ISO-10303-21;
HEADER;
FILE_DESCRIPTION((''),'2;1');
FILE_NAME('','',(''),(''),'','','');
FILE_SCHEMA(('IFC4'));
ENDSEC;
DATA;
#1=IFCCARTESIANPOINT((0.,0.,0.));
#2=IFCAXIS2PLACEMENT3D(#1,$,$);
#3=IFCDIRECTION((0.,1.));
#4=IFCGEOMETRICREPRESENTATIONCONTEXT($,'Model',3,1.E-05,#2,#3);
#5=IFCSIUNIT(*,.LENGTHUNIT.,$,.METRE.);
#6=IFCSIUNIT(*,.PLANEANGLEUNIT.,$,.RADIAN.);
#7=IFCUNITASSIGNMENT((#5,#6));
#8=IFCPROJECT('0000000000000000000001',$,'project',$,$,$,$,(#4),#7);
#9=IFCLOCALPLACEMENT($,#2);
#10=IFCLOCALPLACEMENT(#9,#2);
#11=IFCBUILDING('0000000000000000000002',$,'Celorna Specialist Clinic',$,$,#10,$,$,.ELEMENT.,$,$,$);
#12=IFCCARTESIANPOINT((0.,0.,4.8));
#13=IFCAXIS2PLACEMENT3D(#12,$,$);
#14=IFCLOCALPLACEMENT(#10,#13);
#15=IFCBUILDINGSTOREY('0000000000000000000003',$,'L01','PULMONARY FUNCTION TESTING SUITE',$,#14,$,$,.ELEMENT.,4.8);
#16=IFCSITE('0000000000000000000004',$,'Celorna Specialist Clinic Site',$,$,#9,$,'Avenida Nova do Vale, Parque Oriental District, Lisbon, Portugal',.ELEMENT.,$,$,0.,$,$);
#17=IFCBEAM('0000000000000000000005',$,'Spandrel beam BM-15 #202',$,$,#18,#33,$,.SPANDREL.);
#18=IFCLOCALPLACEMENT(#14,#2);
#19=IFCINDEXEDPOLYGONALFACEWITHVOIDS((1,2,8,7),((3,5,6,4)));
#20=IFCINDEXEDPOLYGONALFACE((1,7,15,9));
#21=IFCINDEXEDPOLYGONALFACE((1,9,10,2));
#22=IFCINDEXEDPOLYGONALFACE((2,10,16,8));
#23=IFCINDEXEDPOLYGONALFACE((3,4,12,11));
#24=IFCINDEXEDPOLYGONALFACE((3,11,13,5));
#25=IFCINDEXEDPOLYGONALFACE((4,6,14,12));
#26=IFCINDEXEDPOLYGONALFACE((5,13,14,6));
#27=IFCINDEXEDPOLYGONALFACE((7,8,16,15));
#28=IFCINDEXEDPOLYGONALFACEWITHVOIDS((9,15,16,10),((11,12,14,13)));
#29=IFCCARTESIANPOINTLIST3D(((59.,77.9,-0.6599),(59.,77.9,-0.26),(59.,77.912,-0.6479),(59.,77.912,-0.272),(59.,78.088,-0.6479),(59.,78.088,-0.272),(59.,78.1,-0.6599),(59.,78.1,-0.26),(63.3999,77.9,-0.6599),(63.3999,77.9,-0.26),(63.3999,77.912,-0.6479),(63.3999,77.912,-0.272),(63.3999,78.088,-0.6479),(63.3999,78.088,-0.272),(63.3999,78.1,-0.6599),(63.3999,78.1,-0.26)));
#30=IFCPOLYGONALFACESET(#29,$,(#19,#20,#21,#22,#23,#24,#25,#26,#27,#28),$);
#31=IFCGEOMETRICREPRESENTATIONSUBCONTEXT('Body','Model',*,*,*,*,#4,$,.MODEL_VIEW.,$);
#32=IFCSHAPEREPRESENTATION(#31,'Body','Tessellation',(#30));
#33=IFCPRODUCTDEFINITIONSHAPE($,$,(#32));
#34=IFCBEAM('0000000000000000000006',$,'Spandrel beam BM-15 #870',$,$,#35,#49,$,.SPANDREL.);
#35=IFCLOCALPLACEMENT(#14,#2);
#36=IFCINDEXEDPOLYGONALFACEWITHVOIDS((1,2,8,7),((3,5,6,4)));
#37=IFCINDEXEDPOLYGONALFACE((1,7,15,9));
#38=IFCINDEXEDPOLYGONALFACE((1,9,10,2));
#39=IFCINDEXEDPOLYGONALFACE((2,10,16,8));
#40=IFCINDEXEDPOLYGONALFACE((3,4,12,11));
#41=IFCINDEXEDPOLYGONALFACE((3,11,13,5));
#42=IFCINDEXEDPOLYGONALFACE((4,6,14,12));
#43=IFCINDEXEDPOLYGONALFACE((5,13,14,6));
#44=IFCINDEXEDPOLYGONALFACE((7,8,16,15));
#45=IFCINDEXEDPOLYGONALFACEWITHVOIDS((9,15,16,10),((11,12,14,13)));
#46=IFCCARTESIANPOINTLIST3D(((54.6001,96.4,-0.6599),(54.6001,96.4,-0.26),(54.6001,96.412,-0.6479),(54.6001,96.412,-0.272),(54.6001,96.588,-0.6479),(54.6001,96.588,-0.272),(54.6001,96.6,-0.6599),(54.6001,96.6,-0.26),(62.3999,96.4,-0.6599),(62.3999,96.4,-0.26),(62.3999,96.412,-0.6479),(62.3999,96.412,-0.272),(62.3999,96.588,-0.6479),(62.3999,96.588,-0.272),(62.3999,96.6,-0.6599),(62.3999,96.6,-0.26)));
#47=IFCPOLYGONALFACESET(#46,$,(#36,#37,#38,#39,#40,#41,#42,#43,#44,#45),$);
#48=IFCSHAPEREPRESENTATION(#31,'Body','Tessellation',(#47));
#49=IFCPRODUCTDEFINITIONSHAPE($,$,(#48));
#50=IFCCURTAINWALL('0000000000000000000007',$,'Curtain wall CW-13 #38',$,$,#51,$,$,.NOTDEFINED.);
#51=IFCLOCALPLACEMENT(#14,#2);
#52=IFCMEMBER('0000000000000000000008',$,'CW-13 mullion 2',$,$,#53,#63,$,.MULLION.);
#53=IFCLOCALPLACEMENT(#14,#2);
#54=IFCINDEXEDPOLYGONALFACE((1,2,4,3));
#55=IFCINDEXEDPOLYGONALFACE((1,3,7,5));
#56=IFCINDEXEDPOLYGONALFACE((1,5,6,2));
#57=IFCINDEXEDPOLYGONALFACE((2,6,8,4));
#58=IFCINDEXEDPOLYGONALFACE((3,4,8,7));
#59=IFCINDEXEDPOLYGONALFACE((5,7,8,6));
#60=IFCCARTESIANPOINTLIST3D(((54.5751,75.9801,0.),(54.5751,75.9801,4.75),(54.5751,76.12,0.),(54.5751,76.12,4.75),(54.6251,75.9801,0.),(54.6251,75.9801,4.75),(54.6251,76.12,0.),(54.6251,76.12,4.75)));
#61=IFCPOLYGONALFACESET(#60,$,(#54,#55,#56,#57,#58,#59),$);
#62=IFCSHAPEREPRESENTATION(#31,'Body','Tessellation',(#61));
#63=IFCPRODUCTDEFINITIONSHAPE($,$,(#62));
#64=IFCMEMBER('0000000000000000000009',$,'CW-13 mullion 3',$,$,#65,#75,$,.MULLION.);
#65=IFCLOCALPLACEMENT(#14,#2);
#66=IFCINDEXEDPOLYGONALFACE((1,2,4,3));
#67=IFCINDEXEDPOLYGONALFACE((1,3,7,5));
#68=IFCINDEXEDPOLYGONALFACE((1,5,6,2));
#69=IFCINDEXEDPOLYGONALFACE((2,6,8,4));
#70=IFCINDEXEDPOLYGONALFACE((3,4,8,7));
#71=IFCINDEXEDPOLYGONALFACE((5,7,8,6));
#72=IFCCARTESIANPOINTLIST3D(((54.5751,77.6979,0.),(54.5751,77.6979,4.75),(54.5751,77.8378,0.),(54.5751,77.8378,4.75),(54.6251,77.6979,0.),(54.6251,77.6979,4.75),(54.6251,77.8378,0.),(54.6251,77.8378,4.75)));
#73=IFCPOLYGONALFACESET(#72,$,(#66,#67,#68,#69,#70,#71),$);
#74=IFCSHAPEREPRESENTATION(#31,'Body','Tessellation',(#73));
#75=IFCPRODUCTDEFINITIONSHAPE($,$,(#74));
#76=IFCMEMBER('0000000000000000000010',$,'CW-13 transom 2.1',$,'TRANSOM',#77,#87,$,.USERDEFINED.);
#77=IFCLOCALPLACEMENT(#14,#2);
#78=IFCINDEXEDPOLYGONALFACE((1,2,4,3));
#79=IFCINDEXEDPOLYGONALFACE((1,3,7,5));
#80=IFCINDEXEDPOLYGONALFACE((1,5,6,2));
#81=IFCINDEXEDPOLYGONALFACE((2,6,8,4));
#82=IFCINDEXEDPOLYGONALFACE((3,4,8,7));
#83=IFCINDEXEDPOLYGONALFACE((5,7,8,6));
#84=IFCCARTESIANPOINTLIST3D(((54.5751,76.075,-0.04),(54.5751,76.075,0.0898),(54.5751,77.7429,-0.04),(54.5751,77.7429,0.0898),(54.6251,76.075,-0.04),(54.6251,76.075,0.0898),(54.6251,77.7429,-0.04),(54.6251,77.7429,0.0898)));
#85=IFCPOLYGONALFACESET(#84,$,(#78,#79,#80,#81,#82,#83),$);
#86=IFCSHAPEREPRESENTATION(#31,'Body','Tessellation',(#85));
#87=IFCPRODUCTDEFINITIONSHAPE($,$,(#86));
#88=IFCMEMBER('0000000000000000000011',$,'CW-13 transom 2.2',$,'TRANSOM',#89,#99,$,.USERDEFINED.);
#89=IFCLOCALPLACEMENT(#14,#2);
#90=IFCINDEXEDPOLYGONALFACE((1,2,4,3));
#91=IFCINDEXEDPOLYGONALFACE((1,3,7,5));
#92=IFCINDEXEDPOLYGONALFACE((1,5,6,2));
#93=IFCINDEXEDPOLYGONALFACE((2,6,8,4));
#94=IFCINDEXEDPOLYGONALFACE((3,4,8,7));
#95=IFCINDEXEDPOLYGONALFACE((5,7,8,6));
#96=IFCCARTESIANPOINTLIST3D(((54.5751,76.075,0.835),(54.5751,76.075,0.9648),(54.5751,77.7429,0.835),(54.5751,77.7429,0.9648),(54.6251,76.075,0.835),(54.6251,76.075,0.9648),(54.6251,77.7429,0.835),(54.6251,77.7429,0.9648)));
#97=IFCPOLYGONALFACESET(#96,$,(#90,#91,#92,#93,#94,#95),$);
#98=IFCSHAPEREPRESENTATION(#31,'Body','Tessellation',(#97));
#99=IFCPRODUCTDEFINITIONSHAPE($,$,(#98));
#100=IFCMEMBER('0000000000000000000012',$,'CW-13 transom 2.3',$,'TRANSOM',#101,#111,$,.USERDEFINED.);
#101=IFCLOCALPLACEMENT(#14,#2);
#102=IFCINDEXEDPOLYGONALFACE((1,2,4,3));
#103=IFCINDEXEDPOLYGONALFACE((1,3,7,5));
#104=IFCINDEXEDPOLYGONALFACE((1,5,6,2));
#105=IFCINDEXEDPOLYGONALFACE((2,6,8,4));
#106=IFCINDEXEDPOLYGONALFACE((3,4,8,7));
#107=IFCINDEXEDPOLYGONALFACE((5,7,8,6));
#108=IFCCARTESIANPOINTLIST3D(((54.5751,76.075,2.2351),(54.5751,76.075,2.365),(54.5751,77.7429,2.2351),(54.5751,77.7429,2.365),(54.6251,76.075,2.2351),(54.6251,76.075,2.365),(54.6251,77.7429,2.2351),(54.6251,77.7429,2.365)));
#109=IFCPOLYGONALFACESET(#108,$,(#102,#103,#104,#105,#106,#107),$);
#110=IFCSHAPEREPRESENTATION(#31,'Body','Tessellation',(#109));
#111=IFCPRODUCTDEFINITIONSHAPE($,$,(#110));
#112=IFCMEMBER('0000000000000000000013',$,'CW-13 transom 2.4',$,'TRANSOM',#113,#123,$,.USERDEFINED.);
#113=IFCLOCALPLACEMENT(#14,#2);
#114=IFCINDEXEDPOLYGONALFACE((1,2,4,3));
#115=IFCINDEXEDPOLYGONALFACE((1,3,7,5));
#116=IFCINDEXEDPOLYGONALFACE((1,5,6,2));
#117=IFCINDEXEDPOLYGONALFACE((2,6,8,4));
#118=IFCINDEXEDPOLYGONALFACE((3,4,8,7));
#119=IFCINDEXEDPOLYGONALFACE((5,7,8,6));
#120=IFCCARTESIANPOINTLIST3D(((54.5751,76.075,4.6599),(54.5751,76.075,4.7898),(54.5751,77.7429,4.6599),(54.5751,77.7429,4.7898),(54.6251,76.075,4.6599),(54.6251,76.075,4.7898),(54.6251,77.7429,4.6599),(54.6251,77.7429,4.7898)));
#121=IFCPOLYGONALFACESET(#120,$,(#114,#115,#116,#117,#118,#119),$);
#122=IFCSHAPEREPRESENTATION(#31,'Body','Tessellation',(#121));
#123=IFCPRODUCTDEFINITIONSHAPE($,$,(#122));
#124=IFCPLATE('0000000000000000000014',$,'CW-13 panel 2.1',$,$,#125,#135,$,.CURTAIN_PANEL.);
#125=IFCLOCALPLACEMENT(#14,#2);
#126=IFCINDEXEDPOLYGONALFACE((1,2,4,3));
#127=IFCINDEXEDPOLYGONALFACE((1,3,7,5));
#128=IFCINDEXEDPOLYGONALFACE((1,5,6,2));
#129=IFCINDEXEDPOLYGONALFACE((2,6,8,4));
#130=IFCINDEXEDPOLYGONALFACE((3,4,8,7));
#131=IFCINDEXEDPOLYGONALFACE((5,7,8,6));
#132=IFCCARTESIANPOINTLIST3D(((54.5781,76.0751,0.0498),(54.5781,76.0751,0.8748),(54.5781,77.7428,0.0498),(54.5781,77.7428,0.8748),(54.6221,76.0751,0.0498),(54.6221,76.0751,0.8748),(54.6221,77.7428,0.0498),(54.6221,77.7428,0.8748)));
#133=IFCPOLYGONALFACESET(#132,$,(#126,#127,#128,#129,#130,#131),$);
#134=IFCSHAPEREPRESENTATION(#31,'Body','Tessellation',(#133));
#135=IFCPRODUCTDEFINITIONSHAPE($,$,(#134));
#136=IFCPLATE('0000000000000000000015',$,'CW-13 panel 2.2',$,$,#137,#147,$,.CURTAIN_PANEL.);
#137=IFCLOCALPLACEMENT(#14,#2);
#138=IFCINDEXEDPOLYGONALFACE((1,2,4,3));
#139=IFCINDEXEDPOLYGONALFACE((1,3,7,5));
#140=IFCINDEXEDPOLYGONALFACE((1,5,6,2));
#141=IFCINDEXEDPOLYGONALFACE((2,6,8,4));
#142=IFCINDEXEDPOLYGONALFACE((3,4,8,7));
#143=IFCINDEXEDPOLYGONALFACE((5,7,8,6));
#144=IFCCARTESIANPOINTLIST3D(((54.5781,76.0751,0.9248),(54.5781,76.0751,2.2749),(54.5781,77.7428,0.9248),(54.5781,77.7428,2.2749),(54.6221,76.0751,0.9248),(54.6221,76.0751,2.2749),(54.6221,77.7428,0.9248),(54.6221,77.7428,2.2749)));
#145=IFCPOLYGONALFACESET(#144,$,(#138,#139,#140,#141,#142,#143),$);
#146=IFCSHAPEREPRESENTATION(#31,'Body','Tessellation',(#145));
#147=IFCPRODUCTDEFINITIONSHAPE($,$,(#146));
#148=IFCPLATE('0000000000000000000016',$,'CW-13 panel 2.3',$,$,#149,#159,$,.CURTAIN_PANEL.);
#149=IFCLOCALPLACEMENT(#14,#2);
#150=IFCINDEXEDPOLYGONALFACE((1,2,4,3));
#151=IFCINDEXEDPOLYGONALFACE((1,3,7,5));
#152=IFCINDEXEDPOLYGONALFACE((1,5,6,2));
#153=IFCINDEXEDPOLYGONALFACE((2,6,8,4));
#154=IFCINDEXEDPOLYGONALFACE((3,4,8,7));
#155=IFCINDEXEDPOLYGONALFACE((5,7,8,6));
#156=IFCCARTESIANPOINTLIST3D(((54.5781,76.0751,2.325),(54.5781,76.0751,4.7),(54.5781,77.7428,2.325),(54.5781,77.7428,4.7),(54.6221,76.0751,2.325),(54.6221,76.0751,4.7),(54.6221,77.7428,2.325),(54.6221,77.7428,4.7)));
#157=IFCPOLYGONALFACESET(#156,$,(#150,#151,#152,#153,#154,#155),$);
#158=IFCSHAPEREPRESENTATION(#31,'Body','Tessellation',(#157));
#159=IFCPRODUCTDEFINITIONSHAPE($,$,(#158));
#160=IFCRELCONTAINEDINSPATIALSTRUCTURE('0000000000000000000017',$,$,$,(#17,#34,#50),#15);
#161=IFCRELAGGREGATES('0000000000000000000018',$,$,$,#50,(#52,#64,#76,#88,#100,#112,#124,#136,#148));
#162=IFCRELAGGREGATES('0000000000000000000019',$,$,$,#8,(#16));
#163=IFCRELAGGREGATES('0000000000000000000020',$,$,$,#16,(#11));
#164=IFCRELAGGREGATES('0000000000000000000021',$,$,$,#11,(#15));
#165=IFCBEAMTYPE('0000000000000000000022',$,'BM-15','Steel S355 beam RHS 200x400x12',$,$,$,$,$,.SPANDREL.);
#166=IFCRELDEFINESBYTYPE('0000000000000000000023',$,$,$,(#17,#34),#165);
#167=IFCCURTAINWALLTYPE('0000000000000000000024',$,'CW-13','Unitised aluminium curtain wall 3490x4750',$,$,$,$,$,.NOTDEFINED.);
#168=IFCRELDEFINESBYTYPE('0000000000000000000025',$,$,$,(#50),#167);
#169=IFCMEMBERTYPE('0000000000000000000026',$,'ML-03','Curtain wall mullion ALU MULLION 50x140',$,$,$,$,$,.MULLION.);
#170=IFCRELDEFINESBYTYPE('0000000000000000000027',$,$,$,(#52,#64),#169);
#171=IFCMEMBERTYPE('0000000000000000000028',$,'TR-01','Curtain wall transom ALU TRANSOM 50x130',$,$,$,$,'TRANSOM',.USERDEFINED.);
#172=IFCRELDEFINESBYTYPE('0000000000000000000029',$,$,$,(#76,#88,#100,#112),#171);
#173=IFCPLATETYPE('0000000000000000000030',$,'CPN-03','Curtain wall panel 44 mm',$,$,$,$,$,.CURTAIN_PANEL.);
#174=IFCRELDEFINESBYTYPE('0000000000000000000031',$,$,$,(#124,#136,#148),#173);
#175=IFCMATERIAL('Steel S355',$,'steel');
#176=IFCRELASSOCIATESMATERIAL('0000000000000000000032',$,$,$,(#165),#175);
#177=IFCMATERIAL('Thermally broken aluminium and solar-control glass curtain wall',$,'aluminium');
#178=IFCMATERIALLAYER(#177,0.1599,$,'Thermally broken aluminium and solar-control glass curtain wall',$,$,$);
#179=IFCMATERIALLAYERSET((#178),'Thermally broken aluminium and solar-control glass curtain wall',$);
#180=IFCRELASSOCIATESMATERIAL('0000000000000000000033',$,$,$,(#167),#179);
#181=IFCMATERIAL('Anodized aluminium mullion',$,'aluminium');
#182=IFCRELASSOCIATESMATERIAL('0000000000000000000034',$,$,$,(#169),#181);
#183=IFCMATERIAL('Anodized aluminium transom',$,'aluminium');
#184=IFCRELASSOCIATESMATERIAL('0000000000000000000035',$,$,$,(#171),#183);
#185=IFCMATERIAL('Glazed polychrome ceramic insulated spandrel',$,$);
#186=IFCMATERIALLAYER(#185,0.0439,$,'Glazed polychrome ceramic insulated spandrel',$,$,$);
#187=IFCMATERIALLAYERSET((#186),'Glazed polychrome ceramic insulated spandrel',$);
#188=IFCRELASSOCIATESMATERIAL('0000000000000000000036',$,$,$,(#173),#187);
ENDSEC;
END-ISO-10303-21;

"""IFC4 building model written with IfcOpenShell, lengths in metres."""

from ifc_helpers import new_model, si_unit, direction, frame, origin, origin_2d, place, context, subcontext, project, spatial, rectangle, hollow_rectangle, extrude, material, layer, layer_set, material_profile, profile_set, type_object, element, aggregate, save


model = new_model("IFC4")

# Units and contexts
model_context = context("Model", 3, precision=1e-05, world=origin(), true_north=direction((0.0, 1.0)))
body_context = subcontext(model_context, "Body", "Model", "MODEL_VIEW")
ifc_project = project(units=[si_unit("LENGTHUNIT", "METRE"), si_unit("PLANEANGLEUNIT", "RADIAN")], contexts=[model_context])

# Site, building, storey
site_placement = place(None, origin())
site = spatial("IfcSite", under=ifc_project, at=site_placement, Name="Celorna Specialist Clinic Site", LongName="Avenida Nova do Vale, Parque Oriental District, Lisbon, Portugal", CompositionType="ELEMENT", RefElevation=0.0)
building_placement = place(site_placement, origin())
building = spatial("IfcBuilding", under=site, at=building_placement, Name="Celorna Specialist Clinic", CompositionType="ELEMENT")
storey_placement = place(building_placement, frame((0.0, 0.0, 4.8)))
storey = spatial("IfcBuildingStorey", under=building, at=storey_placement, Name="L01", Description="PULMONARY FUNCTION TESTING SUITE", CompositionType="ELEMENT", Elevation=4.8)

# Shared definitions
ifc_material_1 = material(Name="Steel S355", Category="steel")

# Beams
ifc_material_profile_1 = material_profile(ifc_material_1, hollow_rectangle(XDim=0.2, YDim=0.3999, WallThickness=0.012, at=origin_2d()), Name="RHS 200x400x12")
ifc_profile_set_1 = profile_set([ifc_material_profile_1], Name="Steel S355")
beam_type_1 = type_object("IfcBeamType", Name="BM-15", Description="Steel S355 beam RHS 200x400x12", PredefinedType="SPANDREL", material=ifc_profile_set_1)
for number, where, z_axis, x_axis, name in (
    (1, (59.0, 78.0, -0.46), (1.0, 0.0, 0.0), (0.0, 1.0, 0.0), "Spandrel beam BM-15 #202"),
):
    element("IfcBeam", number, at=place(storey_placement, frame(where, z_axis=z_axis, x_axis=x_axis)), inside=storey, type_object=beam_type_1, Name=name, PredefinedType="SPANDREL", context=body_context, shape_type="SweptSolid", body=[
        extrude(hollow_rectangle(XDim=0.2, YDim=0.3999, WallThickness=0.012, at=origin_2d()), origin(), (0.0, 0.0, 1.0), 4.3999),
    ])
beam_1_placement = place(storey_placement, frame((54.6001, 96.5, -0.46), z_axis=(1.0, 0.0, 0.0), x_axis=(0.0, 1.0, 0.0)))
element("IfcBeam", 2, at=beam_1_placement, inside=storey, type_object=beam_type_1, Name="Spandrel beam BM-15 #870", PredefinedType="SPANDREL", context=body_context, shape_type="SweptSolid", body=[
    extrude(hollow_rectangle(XDim=0.2, YDim=0.3999, WallThickness=0.012, at=origin_2d()), origin(), (0.0, 0.0, 1.0), 7.7998),
])

# Curtain wall, members, plates
ifc_material_2 = material(Name="Thermally broken aluminium and solar-control glass curtain wall", Category="aluminium")
ifc_layer_1 = layer(ifc_material_2, 0.1599, Name="Thermally broken aluminium and solar-control glass curtain wall")
ifc_layer_set_1 = layer_set([ifc_layer_1], Name="Thermally broken aluminium and solar-control glass curtain wall")
curtain_wall_type = type_object("IfcCurtainWallType", Name="CW-13", Description="Unitised aluminium curtain wall 3490x4750", PredefinedType="NOTDEFINED", material=ifc_layer_set_1)
curtain_wall_placement = place(storey_placement, origin())
curtain_wall = element("IfcCurtainWall", 3, at=curtain_wall_placement, inside=storey, type_object=curtain_wall_type, Name="Curtain wall CW-13 #38", PredefinedType="NOTDEFINED")
ifc_material_3 = material(Name="Anodized aluminium mullion", Category="aluminium")
ifc_material_profile_2 = material_profile(ifc_material_3, rectangle(XDim=0.05, YDim=0.1399, at=origin_2d()), Name="ALU MULLION 50x140")
ifc_profile_set_2 = profile_set([ifc_material_profile_2], Name="Anodized aluminium mullion")
member_type_1 = type_object("IfcMemberType", Name="ML-03", Description="Curtain wall mullion ALU MULLION 50x140", PredefinedType="MULLION", material=ifc_profile_set_2)
member_1_placement = place(storey_placement, frame((54.6001, 76.05, 0.0), z_axis=(0.0, 0.0, 1.0), x_axis=(-1.0, 0.0, 0.0)))
member_1 = element("IfcMember", 4, at=member_1_placement, type_object=member_type_1, Name="CW-13 mullion 2", PredefinedType="MULLION", context=body_context, shape_type="SweptSolid", body=[
    extrude(rectangle(XDim=0.05, YDim=0.1399, at=origin_2d()), origin(), (0.0, 0.0, 1.0), 4.75),
])
member_2_placement = place(storey_placement, frame((54.6001, 77.7678, 0.0), z_axis=(0.0, 0.0, 1.0), x_axis=(-1.0, 0.0, 0.0)))
member_2 = element("IfcMember", 5, at=member_2_placement, type_object=member_type_1, Name="CW-13 mullion 3", PredefinedType="MULLION", context=body_context, shape_type="SweptSolid", body=[
    extrude(rectangle(XDim=0.05, YDim=0.1399, at=origin_2d()), origin(), (0.0, 0.0, 1.0), 4.75),
])
ifc_material_4 = material(Name="Anodized aluminium transom", Category="aluminium")
ifc_material_profile_3 = material_profile(ifc_material_4, rectangle(XDim=0.05, YDim=0.1299, at=origin_2d()), Name="ALU TRANSOM 50x130")
ifc_profile_set_3 = profile_set([ifc_material_profile_3], Name="Anodized aluminium transom")
member_type_2 = type_object("IfcMemberType", Name="TR-01", Description="Curtain wall transom ALU TRANSOM 50x130", ElementType="TRANSOM", PredefinedType="USERDEFINED", material=ifc_profile_set_3)
member_3_placement = place(storey_placement, frame((54.6001, 76.075, 0.0249), z_axis=(0.0, 1.0, 0.0), x_axis=(-1.0, 0.0, 0.0)))
member_3 = element("IfcMember", 6, at=member_3_placement, type_object=member_type_2, Name="CW-13 transom 2.1", ObjectType="TRANSOM", PredefinedType="USERDEFINED", context=body_context, shape_type="SweptSolid", body=[
    extrude(rectangle(XDim=0.05, YDim=0.1299, at=origin_2d()), origin(), (0.0, 0.0, 1.0), 1.668),
])
member_4_placement = place(storey_placement, frame((54.6001, 76.075, 0.8999), z_axis=(0.0, 1.0, 0.0), x_axis=(-1.0, 0.0, 0.0)))
member_4 = element("IfcMember", 7, at=member_4_placement, type_object=member_type_2, Name="CW-13 transom 2.2", ObjectType="TRANSOM", PredefinedType="USERDEFINED", context=body_context, shape_type="SweptSolid", body=[
    extrude(rectangle(XDim=0.05, YDim=0.1299, at=origin_2d()), origin(), (0.0, 0.0, 1.0), 1.668),
])
member_5_placement = place(storey_placement, frame((54.6001, 76.075, 2.3), z_axis=(0.0, 1.0, 0.0), x_axis=(-1.0, 0.0, 0.0)))
member_5 = element("IfcMember", 8, at=member_5_placement, type_object=member_type_2, Name="CW-13 transom 2.3", ObjectType="TRANSOM", PredefinedType="USERDEFINED", context=body_context, shape_type="SweptSolid", body=[
    extrude(rectangle(XDim=0.05, YDim=0.1299, at=origin_2d()), origin(), (0.0, 0.0, 1.0), 1.668),
])
member_6_placement = place(storey_placement, frame((54.6001, 76.075, 4.7249), z_axis=(0.0, 1.0, 0.0), x_axis=(-1.0, 0.0, 0.0)))
member_6 = element("IfcMember", 9, at=member_6_placement, type_object=member_type_2, Name="CW-13 transom 2.4", ObjectType="TRANSOM", PredefinedType="USERDEFINED", context=body_context, shape_type="SweptSolid", body=[
    extrude(rectangle(XDim=0.05, YDim=0.1299, at=origin_2d()), origin(), (0.0, 0.0, 1.0), 1.668),
])
ifc_material_5 = material(Name="Glazed polychrome ceramic insulated spandrel")
ifc_layer_2 = layer(ifc_material_5, 0.0439, Name="Glazed polychrome ceramic insulated spandrel")
ifc_layer_set_2 = layer_set([ifc_layer_2], Name="Glazed polychrome ceramic insulated spandrel")
plate_type = type_object("IfcPlateType", Name="CPN-03", Description="Curtain wall panel 44 mm", PredefinedType="CURTAIN_PANEL", material=ifc_layer_set_2)
plate_1_placement = place(storey_placement, frame((54.6001, 76.9089, 0.0498), z_axis=(0.0, 0.0, 1.0), x_axis=(0.0, 1.0, 0.0)))
plate_1 = element("IfcPlate", 10, at=plate_1_placement, type_object=plate_type, Name="CW-13 panel 2.1", PredefinedType="CURTAIN_PANEL", context=body_context, shape_type="SweptSolid", body=[
    extrude(rectangle(XDim=1.6677, YDim=0.0439, at=origin_2d()), origin(), (0.0, 0.0, 1.0), 0.825),
])
plate_2_placement = place(storey_placement, frame((54.6001, 76.9089, 0.9248), z_axis=(0.0, 0.0, 1.0), x_axis=(0.0, 1.0, 0.0)))
plate_2 = element("IfcPlate", 11, at=plate_2_placement, type_object=plate_type, Name="CW-13 panel 2.2", PredefinedType="CURTAIN_PANEL", context=body_context, shape_type="SweptSolid", body=[
    extrude(rectangle(XDim=1.6677, YDim=0.0439, at=origin_2d()), origin(), (0.0, 0.0, 1.0), 1.3501),
])
plate_3_placement = place(storey_placement, frame((54.6001, 76.9089, 2.325), z_axis=(0.0, 0.0, 1.0), x_axis=(0.0, 1.0, 0.0)))
plate_3 = element("IfcPlate", 12, at=plate_3_placement, type_object=plate_type, Name="CW-13 panel 2.3", PredefinedType="CURTAIN_PANEL", context=body_context, shape_type="SweptSolid", body=[
    extrude(rectangle(XDim=1.6677, YDim=0.0439, at=origin_2d()), origin(), (0.0, 0.0, 1.0), 2.375),
])
aggregate(curtain_wall, [member_1, member_2, member_3, member_4, member_5, member_6, plate_1, plate_2, plate_3])

save(model, "model.ifc")
